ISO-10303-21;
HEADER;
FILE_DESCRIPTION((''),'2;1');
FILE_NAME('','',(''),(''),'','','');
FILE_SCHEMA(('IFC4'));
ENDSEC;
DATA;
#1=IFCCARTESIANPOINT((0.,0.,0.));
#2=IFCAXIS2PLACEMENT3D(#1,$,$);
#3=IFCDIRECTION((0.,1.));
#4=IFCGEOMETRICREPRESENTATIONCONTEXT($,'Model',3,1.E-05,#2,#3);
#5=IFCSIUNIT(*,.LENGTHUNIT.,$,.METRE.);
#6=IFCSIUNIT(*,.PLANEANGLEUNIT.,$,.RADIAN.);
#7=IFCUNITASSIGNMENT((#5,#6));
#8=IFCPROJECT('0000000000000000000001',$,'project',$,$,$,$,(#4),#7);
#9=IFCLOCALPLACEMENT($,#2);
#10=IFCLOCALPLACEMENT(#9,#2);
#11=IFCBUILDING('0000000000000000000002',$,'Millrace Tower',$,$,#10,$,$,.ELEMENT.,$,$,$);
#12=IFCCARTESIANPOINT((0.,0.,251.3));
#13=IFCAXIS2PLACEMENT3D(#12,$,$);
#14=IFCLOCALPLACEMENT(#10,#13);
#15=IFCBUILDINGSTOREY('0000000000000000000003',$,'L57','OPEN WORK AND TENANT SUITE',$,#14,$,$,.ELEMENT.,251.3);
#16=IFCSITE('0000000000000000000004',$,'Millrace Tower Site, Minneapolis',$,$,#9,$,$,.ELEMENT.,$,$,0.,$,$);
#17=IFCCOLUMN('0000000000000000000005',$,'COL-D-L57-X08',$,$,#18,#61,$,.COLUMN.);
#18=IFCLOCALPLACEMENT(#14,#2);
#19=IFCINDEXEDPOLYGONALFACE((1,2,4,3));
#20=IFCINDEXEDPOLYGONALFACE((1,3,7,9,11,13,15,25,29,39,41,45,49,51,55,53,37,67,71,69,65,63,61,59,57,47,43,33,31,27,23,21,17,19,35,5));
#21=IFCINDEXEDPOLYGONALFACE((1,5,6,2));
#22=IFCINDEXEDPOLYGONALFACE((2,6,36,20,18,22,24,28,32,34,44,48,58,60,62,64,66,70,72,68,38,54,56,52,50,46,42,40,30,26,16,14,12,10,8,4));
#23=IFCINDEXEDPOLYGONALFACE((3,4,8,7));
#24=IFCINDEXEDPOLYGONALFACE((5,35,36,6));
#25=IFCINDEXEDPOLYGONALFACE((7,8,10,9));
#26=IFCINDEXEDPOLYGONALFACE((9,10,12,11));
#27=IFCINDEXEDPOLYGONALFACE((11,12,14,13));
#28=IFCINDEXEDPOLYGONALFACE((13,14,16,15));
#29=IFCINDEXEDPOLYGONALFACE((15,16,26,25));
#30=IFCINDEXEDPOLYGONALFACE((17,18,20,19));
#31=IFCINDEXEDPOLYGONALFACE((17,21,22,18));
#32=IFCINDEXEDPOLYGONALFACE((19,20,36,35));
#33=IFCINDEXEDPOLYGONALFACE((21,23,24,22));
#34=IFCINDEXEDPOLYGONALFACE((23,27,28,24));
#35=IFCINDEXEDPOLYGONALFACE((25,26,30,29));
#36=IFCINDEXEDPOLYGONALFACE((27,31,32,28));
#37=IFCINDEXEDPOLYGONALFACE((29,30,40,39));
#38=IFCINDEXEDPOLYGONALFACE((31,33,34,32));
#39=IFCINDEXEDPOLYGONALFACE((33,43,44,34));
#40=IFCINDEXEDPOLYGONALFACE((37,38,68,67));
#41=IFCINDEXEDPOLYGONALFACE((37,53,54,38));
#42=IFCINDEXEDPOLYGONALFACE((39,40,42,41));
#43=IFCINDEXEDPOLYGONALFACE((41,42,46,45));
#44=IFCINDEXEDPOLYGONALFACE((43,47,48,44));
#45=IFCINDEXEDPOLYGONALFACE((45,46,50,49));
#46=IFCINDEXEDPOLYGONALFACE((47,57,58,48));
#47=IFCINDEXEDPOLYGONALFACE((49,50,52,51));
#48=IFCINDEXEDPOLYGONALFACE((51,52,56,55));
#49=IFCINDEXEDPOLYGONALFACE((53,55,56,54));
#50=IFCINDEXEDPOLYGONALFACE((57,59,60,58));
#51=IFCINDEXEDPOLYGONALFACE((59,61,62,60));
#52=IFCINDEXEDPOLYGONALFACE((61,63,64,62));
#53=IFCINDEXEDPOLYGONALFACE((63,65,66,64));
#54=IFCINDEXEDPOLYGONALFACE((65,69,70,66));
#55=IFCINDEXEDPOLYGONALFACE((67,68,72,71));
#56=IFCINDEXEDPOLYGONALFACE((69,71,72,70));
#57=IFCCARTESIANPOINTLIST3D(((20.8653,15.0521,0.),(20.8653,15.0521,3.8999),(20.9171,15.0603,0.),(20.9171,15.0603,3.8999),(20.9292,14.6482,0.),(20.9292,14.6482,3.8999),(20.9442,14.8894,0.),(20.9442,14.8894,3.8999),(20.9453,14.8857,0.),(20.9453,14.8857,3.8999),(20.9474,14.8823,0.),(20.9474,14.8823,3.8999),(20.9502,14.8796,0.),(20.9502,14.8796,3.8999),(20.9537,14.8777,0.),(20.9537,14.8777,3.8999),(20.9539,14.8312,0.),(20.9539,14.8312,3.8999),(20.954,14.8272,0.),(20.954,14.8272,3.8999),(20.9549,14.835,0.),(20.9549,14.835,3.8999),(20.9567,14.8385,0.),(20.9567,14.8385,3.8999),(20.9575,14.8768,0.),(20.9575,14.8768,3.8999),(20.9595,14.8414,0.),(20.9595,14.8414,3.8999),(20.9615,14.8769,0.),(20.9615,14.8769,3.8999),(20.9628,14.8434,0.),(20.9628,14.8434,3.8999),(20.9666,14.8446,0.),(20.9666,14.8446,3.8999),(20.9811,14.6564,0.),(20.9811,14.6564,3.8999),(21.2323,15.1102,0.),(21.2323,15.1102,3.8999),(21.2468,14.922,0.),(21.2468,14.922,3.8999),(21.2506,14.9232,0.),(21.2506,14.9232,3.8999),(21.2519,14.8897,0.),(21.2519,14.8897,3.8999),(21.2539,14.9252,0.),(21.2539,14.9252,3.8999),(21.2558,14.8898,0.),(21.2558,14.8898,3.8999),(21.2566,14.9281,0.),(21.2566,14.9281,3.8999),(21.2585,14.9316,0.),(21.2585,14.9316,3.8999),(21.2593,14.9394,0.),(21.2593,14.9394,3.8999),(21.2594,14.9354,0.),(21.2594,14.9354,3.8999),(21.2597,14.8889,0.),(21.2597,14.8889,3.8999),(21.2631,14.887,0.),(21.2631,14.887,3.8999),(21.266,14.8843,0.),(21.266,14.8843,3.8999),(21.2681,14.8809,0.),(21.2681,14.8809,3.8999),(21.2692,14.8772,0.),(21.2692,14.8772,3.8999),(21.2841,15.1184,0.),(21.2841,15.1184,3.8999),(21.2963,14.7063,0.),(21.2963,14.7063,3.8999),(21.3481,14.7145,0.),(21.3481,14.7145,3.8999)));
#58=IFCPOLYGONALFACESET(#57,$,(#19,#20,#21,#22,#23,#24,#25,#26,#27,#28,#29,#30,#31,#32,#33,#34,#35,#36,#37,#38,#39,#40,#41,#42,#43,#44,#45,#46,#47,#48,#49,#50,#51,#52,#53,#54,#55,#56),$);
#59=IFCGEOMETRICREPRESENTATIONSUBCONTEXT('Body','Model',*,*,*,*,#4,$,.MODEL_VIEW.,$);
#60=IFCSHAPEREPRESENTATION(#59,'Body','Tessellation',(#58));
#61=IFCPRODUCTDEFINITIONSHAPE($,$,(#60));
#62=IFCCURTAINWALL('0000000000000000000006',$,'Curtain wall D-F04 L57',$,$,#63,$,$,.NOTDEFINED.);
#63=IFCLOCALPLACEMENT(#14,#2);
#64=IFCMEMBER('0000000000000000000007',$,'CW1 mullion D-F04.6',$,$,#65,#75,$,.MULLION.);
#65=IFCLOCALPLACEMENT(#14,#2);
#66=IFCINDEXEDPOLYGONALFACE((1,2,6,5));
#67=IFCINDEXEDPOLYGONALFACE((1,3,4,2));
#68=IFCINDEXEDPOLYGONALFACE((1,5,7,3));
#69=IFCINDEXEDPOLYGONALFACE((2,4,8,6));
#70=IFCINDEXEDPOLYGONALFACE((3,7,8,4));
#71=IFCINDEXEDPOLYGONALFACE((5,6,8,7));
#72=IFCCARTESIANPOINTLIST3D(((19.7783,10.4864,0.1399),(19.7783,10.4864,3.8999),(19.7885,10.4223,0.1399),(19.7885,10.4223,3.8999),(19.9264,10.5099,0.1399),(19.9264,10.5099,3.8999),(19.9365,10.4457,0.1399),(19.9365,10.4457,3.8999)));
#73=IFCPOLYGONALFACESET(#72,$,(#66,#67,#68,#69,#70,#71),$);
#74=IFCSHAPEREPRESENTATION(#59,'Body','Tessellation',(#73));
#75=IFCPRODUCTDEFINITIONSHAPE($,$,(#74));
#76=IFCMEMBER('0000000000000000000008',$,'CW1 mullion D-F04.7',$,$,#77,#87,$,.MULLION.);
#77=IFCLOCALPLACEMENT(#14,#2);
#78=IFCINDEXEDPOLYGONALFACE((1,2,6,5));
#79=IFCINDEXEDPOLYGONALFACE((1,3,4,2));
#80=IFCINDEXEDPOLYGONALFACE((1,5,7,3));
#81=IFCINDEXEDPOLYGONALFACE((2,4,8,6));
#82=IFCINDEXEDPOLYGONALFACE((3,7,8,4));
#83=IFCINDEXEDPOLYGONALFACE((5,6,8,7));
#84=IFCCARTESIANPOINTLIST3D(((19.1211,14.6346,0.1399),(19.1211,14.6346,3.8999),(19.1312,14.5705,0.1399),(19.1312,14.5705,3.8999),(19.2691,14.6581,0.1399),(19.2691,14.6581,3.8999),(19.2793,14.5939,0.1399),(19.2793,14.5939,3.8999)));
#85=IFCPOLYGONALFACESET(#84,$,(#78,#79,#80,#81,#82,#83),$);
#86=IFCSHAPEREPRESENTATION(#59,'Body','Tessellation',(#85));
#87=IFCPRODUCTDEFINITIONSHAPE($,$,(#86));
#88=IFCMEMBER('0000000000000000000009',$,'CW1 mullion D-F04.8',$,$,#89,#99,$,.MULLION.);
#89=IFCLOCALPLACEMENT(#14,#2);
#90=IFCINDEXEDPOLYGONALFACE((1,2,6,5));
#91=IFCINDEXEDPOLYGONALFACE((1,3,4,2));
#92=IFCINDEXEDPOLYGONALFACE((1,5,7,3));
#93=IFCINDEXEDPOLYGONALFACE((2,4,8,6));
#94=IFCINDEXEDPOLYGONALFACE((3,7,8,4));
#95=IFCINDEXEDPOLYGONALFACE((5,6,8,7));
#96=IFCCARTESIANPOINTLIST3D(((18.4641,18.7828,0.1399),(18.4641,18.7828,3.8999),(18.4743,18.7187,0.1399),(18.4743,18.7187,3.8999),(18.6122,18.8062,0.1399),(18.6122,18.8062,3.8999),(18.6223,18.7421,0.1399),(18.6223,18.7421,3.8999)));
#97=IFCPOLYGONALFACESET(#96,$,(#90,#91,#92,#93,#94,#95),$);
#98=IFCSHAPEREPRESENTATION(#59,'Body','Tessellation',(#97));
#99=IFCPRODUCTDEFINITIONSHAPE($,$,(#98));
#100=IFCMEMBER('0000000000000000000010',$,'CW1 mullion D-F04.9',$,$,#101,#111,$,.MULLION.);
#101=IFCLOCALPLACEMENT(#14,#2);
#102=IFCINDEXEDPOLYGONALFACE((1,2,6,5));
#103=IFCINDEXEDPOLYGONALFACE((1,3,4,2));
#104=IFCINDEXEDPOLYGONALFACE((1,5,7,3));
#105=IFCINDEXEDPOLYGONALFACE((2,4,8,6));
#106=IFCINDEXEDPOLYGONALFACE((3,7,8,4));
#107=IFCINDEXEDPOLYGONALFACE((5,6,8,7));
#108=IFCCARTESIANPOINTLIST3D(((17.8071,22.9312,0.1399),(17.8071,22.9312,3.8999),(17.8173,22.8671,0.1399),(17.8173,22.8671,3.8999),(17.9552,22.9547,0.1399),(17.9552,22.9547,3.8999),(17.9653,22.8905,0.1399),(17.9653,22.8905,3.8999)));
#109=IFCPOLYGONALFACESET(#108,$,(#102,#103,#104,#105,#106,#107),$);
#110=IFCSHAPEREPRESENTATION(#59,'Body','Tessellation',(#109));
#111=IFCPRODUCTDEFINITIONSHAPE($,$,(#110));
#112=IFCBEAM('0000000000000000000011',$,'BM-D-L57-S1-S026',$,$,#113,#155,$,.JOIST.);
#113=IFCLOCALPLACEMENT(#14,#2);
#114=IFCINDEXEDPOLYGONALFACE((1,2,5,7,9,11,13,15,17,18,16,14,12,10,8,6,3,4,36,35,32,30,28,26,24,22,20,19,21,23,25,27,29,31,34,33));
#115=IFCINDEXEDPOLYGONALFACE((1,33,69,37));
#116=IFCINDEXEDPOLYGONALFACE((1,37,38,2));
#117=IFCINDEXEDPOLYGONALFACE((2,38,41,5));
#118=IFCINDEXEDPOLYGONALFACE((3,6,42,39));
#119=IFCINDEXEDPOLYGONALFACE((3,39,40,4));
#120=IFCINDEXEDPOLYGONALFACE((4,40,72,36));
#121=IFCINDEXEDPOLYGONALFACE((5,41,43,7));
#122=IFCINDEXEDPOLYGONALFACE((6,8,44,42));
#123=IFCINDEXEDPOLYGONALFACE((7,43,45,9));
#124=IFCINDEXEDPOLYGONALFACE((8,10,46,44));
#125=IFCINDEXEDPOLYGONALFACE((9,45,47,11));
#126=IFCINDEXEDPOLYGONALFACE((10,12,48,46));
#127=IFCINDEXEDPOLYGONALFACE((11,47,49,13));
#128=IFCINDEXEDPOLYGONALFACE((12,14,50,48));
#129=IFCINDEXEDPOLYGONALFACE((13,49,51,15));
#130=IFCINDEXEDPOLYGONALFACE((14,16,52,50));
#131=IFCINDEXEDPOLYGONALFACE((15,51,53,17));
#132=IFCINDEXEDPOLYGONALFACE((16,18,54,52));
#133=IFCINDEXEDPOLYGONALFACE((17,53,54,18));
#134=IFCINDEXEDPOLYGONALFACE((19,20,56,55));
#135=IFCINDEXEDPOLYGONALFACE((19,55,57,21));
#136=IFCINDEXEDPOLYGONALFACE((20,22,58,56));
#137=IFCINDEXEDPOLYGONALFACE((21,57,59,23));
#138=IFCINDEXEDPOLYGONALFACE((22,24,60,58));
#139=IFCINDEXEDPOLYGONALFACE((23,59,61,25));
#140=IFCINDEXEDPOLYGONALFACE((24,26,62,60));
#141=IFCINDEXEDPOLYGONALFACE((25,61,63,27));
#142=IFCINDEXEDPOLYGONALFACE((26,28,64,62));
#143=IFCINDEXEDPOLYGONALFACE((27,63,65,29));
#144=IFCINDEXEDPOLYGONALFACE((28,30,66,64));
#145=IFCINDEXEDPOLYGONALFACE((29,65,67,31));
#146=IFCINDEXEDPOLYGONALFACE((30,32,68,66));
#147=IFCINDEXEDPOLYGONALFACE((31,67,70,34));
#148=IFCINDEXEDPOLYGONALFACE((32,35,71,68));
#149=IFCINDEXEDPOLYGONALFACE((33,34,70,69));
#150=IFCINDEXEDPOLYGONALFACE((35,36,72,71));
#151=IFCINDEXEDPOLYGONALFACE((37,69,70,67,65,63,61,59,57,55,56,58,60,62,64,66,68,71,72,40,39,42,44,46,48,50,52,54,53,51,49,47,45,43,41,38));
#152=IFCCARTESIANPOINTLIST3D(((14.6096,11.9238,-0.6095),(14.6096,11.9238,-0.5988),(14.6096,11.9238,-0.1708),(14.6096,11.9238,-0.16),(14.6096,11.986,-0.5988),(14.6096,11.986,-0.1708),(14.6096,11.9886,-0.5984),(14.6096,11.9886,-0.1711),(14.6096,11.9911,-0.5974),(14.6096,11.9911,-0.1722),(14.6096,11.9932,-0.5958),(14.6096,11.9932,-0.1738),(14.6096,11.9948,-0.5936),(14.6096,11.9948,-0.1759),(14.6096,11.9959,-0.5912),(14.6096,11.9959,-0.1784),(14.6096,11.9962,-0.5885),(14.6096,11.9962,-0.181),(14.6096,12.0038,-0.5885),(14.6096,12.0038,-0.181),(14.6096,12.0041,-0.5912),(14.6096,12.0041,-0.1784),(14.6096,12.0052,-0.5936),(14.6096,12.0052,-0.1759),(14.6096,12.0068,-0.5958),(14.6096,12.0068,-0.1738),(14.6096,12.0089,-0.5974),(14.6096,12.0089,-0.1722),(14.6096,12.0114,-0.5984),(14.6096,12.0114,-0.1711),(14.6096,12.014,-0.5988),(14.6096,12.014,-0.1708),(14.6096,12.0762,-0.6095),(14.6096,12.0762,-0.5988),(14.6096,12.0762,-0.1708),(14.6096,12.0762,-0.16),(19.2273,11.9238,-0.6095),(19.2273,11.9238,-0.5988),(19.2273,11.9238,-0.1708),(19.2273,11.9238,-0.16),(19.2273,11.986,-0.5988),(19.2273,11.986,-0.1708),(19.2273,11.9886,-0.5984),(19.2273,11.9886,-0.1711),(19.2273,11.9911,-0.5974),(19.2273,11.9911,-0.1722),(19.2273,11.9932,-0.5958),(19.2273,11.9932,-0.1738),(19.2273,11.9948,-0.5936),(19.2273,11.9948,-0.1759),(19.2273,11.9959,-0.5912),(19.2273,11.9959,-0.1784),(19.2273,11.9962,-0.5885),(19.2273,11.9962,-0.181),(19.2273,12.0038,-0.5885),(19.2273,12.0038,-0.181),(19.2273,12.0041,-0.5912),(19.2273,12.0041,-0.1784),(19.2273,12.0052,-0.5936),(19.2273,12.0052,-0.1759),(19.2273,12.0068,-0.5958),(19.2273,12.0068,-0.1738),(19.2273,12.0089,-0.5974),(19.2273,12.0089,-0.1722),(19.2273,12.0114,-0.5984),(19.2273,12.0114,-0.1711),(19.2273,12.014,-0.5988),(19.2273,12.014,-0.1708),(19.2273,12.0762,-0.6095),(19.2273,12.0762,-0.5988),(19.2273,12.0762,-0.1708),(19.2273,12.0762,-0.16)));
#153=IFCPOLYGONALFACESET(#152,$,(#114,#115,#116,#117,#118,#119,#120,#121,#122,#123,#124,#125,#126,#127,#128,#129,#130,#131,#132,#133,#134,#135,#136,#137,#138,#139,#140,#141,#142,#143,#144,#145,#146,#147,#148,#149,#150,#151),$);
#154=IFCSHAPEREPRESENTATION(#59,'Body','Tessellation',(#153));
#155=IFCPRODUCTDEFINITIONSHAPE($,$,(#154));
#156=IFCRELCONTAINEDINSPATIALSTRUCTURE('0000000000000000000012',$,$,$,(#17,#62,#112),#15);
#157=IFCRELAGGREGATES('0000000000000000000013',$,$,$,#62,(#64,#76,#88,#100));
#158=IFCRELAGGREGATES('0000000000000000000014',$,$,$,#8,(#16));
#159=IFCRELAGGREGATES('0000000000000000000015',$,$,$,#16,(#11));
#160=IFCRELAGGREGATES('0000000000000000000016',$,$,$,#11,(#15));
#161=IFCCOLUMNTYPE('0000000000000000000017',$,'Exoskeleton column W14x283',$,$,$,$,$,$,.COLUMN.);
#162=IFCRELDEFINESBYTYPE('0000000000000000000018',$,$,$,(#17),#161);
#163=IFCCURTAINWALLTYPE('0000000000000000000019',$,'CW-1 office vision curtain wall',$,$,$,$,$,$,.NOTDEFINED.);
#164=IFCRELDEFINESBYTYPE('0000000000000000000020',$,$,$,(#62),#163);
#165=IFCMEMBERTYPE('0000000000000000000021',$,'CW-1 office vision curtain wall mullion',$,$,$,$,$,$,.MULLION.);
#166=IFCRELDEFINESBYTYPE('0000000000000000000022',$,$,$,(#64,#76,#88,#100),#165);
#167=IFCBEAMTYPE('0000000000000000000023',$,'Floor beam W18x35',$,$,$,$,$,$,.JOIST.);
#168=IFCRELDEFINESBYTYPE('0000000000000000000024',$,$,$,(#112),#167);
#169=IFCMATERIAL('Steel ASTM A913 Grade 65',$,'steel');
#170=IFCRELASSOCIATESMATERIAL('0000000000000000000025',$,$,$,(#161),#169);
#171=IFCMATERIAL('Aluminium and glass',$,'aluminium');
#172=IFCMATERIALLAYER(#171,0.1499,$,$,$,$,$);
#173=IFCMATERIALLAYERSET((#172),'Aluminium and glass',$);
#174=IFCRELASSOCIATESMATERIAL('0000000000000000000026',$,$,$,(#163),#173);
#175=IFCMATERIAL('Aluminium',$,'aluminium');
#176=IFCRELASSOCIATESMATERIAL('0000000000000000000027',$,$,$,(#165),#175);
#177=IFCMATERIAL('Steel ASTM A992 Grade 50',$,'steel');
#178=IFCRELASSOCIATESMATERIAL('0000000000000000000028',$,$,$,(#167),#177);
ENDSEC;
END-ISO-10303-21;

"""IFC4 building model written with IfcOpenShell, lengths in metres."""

from ifc_helpers import new_model, si_unit, direction, frame, origin, origin_2d, place, context, subcontext, project, spatial, rectangle, i_section, extrude, material, layer, layer_set, material_profile, profile_set, type_object, element, aggregate, save


model = new_model("IFC4")

# Units and contexts
model_context = context("Model", 3, precision=1e-05, world=origin(), true_north=direction((0.0, 1.0)))
body_context = subcontext(model_context, "Body", "Model", "MODEL_VIEW")
ifc_project = project(units=[si_unit("LENGTHUNIT", "METRE"), si_unit("PLANEANGLEUNIT", "RADIAN")], contexts=[model_context])

# Site, building, storey
site_placement = place(None, origin())
site = spatial("IfcSite", under=ifc_project, at=site_placement, Name="Millrace Tower Site, Minneapolis", CompositionType="ELEMENT", RefElevation=0.0)
building_placement = place(site_placement, origin())
building = spatial("IfcBuilding", under=site, at=building_placement, Name="Millrace Tower", CompositionType="ELEMENT")
storey_placement = place(building_placement, frame((0.0, 0.0, 251.3)))
storey = spatial("IfcBuildingStorey", under=building, at=storey_placement, Name="L57", Description="OPEN WORK AND TENANT SUITE", CompositionType="ELEMENT", Elevation=251.3)

# Column
ifc_material_1 = material(Name="Steel ASTM A913 Grade 65", Category="steel")
ifc_material_profile_1 = material_profile(ifc_material_1, i_section(OverallWidth=0.4089, OverallDepth=0.4241, WebThickness=0.0327, FlangeThickness=0.0525, FilletRadius=0.0151, at=origin_2d()))
ifc_profile_set_1 = profile_set([ifc_material_profile_1], Name="Steel ASTM A913 Grade 65")
column_type = type_object("IfcColumnType", Name="Exoskeleton column W14x283", PredefinedType="COLUMN", material=ifc_profile_set_1)
column_placement = place(storey_placement, frame((21.1067, 14.8833, 0.0), z_axis=(0.0, 0.0, 1.0), x_axis=(-0.156434, 0.987688, 0.0)))
element("IfcColumn", 1, at=column_placement, inside=storey, type_object=column_type, Name="COL-D-L57-X08", PredefinedType="COLUMN", context=body_context, shape_type="SweptSolid", body=[
    extrude(i_section(OverallWidth=0.4089, OverallDepth=0.4241, WebThickness=0.0327, FlangeThickness=0.0525, FilletRadius=0.0151, at=origin_2d()), origin(), (0.0, 0.0, 1.0), 3.8999),
])

# Curtain wall, members
ifc_material_2 = material(Name="Aluminium and glass", Category="aluminium")
ifc_layer_1 = layer(ifc_material_2, 0.1499)
ifc_layer_set_1 = layer_set([ifc_layer_1], Name="Aluminium and glass")
curtain_wall_type = type_object("IfcCurtainWallType", Name="CW-1 office vision curtain wall", PredefinedType="NOTDEFINED", material=ifc_layer_set_1)
curtain_wall_placement = place(storey_placement, origin())
curtain_wall = element("IfcCurtainWall", 2, at=curtain_wall_placement, inside=storey, type_object=curtain_wall_type, Name="Curtain wall D-F04 L57", PredefinedType="NOTDEFINED")
ifc_material_3 = material(Name="Aluminium", Category="aluminium")
ifc_material_profile_2 = material_profile(ifc_material_3, rectangle(XDim=0.0649, YDim=0.1499, at=origin_2d()))
ifc_profile_set_2 = profile_set([ifc_material_profile_2], Name="Aluminium")
member_type = type_object("IfcMemberType", Name="CW-1 office vision curtain wall mullion", PredefinedType="MULLION", material=ifc_profile_set_2)
member_1_placement = place(storey_placement, frame((19.8574, 10.4661, 0.1399), z_axis=(0.0, 0.0, 1.0), x_axis=(-0.156434, 0.987688, 0.0)))
member_1 = element("IfcMember", 3, at=member_1_placement, type_object=member_type, Name="CW1 mullion D-F04.6", PredefinedType="MULLION", context=body_context, shape_type="SweptSolid", body=[
    extrude(rectangle(XDim=0.0649, YDim=0.1499, at=origin_2d()), origin(), (0.0, 0.0, 1.0), 3.76),
])
member_2_placement = place(storey_placement, frame((19.2002, 14.6143, 0.1399), z_axis=(0.0, 0.0, 1.0), x_axis=(-0.156434, 0.987688, 0.0)))
member_2 = element("IfcMember", 4, at=member_2_placement, type_object=member_type, Name="CW1 mullion D-F04.7", PredefinedType="MULLION", context=body_context, shape_type="SweptSolid", body=[
    extrude(rectangle(XDim=0.0649, YDim=0.1499, at=origin_2d()), origin(), (0.0, 0.0, 1.0), 3.76),
])
member_3_placement = place(storey_placement, frame((18.5432, 18.7625, 0.1399), z_axis=(0.0, 0.0, 1.0), x_axis=(-0.156434, 0.987688, 0.0)))
member_3 = element("IfcMember", 5, at=member_3_placement, type_object=member_type, Name="CW1 mullion D-F04.8", PredefinedType="MULLION", context=body_context, shape_type="SweptSolid", body=[
    extrude(rectangle(XDim=0.0649, YDim=0.1499, at=origin_2d()), origin(), (0.0, 0.0, 1.0), 3.76),
])
member_4_placement = place(storey_placement, frame((17.8862, 22.9109, 0.1399), z_axis=(0.0, 0.0, 1.0), x_axis=(-0.156434, 0.987688, 0.0)))
member_4 = element("IfcMember", 6, at=member_4_placement, type_object=member_type, Name="CW1 mullion D-F04.9", PredefinedType="MULLION", context=body_context, shape_type="SweptSolid", body=[
    extrude(rectangle(XDim=0.0649, YDim=0.1499, at=origin_2d()), origin(), (0.0, 0.0, 1.0), 3.76),
])
aggregate(curtain_wall, [member_1, member_2, member_3, member_4])

# Beam
ifc_material_4 = material(Name="Steel ASTM A992 Grade 50", Category="steel")
ifc_material_profile_3 = material_profile(ifc_material_4, i_section(OverallWidth=0.1523, OverallDepth=0.4495, WebThickness=0.0076, FlangeThickness=0.0107, FilletRadius=0.0103, at=origin_2d()))
ifc_profile_set_3 = profile_set([ifc_material_profile_3], Name="Steel ASTM A992 Grade 50")
beam_type_1 = type_object("IfcBeamType", Name="Floor beam W18x35", PredefinedType="JOIST", material=ifc_profile_set_3)
beam_1_placement = place(storey_placement, frame((14.6096, 12.0, -0.3848), z_axis=(1.0, 0.0, 0.0), x_axis=(0.0, 1.0, 0.0)))
element("IfcBeam", 7, at=beam_1_placement, inside=storey, type_object=beam_type_1, Name="BM-D-L57-S1-S026", PredefinedType="JOIST", context=body_context, shape_type="SweptSolid", body=[
    extrude(i_section(OverallWidth=0.1523, OverallDepth=0.4495, WebThickness=0.0076, FlangeThickness=0.0107, FilletRadius=0.0103, at=origin_2d()), origin(), (0.0, 0.0, 1.0), 4.6177),
])

save(model, "model.ifc")
